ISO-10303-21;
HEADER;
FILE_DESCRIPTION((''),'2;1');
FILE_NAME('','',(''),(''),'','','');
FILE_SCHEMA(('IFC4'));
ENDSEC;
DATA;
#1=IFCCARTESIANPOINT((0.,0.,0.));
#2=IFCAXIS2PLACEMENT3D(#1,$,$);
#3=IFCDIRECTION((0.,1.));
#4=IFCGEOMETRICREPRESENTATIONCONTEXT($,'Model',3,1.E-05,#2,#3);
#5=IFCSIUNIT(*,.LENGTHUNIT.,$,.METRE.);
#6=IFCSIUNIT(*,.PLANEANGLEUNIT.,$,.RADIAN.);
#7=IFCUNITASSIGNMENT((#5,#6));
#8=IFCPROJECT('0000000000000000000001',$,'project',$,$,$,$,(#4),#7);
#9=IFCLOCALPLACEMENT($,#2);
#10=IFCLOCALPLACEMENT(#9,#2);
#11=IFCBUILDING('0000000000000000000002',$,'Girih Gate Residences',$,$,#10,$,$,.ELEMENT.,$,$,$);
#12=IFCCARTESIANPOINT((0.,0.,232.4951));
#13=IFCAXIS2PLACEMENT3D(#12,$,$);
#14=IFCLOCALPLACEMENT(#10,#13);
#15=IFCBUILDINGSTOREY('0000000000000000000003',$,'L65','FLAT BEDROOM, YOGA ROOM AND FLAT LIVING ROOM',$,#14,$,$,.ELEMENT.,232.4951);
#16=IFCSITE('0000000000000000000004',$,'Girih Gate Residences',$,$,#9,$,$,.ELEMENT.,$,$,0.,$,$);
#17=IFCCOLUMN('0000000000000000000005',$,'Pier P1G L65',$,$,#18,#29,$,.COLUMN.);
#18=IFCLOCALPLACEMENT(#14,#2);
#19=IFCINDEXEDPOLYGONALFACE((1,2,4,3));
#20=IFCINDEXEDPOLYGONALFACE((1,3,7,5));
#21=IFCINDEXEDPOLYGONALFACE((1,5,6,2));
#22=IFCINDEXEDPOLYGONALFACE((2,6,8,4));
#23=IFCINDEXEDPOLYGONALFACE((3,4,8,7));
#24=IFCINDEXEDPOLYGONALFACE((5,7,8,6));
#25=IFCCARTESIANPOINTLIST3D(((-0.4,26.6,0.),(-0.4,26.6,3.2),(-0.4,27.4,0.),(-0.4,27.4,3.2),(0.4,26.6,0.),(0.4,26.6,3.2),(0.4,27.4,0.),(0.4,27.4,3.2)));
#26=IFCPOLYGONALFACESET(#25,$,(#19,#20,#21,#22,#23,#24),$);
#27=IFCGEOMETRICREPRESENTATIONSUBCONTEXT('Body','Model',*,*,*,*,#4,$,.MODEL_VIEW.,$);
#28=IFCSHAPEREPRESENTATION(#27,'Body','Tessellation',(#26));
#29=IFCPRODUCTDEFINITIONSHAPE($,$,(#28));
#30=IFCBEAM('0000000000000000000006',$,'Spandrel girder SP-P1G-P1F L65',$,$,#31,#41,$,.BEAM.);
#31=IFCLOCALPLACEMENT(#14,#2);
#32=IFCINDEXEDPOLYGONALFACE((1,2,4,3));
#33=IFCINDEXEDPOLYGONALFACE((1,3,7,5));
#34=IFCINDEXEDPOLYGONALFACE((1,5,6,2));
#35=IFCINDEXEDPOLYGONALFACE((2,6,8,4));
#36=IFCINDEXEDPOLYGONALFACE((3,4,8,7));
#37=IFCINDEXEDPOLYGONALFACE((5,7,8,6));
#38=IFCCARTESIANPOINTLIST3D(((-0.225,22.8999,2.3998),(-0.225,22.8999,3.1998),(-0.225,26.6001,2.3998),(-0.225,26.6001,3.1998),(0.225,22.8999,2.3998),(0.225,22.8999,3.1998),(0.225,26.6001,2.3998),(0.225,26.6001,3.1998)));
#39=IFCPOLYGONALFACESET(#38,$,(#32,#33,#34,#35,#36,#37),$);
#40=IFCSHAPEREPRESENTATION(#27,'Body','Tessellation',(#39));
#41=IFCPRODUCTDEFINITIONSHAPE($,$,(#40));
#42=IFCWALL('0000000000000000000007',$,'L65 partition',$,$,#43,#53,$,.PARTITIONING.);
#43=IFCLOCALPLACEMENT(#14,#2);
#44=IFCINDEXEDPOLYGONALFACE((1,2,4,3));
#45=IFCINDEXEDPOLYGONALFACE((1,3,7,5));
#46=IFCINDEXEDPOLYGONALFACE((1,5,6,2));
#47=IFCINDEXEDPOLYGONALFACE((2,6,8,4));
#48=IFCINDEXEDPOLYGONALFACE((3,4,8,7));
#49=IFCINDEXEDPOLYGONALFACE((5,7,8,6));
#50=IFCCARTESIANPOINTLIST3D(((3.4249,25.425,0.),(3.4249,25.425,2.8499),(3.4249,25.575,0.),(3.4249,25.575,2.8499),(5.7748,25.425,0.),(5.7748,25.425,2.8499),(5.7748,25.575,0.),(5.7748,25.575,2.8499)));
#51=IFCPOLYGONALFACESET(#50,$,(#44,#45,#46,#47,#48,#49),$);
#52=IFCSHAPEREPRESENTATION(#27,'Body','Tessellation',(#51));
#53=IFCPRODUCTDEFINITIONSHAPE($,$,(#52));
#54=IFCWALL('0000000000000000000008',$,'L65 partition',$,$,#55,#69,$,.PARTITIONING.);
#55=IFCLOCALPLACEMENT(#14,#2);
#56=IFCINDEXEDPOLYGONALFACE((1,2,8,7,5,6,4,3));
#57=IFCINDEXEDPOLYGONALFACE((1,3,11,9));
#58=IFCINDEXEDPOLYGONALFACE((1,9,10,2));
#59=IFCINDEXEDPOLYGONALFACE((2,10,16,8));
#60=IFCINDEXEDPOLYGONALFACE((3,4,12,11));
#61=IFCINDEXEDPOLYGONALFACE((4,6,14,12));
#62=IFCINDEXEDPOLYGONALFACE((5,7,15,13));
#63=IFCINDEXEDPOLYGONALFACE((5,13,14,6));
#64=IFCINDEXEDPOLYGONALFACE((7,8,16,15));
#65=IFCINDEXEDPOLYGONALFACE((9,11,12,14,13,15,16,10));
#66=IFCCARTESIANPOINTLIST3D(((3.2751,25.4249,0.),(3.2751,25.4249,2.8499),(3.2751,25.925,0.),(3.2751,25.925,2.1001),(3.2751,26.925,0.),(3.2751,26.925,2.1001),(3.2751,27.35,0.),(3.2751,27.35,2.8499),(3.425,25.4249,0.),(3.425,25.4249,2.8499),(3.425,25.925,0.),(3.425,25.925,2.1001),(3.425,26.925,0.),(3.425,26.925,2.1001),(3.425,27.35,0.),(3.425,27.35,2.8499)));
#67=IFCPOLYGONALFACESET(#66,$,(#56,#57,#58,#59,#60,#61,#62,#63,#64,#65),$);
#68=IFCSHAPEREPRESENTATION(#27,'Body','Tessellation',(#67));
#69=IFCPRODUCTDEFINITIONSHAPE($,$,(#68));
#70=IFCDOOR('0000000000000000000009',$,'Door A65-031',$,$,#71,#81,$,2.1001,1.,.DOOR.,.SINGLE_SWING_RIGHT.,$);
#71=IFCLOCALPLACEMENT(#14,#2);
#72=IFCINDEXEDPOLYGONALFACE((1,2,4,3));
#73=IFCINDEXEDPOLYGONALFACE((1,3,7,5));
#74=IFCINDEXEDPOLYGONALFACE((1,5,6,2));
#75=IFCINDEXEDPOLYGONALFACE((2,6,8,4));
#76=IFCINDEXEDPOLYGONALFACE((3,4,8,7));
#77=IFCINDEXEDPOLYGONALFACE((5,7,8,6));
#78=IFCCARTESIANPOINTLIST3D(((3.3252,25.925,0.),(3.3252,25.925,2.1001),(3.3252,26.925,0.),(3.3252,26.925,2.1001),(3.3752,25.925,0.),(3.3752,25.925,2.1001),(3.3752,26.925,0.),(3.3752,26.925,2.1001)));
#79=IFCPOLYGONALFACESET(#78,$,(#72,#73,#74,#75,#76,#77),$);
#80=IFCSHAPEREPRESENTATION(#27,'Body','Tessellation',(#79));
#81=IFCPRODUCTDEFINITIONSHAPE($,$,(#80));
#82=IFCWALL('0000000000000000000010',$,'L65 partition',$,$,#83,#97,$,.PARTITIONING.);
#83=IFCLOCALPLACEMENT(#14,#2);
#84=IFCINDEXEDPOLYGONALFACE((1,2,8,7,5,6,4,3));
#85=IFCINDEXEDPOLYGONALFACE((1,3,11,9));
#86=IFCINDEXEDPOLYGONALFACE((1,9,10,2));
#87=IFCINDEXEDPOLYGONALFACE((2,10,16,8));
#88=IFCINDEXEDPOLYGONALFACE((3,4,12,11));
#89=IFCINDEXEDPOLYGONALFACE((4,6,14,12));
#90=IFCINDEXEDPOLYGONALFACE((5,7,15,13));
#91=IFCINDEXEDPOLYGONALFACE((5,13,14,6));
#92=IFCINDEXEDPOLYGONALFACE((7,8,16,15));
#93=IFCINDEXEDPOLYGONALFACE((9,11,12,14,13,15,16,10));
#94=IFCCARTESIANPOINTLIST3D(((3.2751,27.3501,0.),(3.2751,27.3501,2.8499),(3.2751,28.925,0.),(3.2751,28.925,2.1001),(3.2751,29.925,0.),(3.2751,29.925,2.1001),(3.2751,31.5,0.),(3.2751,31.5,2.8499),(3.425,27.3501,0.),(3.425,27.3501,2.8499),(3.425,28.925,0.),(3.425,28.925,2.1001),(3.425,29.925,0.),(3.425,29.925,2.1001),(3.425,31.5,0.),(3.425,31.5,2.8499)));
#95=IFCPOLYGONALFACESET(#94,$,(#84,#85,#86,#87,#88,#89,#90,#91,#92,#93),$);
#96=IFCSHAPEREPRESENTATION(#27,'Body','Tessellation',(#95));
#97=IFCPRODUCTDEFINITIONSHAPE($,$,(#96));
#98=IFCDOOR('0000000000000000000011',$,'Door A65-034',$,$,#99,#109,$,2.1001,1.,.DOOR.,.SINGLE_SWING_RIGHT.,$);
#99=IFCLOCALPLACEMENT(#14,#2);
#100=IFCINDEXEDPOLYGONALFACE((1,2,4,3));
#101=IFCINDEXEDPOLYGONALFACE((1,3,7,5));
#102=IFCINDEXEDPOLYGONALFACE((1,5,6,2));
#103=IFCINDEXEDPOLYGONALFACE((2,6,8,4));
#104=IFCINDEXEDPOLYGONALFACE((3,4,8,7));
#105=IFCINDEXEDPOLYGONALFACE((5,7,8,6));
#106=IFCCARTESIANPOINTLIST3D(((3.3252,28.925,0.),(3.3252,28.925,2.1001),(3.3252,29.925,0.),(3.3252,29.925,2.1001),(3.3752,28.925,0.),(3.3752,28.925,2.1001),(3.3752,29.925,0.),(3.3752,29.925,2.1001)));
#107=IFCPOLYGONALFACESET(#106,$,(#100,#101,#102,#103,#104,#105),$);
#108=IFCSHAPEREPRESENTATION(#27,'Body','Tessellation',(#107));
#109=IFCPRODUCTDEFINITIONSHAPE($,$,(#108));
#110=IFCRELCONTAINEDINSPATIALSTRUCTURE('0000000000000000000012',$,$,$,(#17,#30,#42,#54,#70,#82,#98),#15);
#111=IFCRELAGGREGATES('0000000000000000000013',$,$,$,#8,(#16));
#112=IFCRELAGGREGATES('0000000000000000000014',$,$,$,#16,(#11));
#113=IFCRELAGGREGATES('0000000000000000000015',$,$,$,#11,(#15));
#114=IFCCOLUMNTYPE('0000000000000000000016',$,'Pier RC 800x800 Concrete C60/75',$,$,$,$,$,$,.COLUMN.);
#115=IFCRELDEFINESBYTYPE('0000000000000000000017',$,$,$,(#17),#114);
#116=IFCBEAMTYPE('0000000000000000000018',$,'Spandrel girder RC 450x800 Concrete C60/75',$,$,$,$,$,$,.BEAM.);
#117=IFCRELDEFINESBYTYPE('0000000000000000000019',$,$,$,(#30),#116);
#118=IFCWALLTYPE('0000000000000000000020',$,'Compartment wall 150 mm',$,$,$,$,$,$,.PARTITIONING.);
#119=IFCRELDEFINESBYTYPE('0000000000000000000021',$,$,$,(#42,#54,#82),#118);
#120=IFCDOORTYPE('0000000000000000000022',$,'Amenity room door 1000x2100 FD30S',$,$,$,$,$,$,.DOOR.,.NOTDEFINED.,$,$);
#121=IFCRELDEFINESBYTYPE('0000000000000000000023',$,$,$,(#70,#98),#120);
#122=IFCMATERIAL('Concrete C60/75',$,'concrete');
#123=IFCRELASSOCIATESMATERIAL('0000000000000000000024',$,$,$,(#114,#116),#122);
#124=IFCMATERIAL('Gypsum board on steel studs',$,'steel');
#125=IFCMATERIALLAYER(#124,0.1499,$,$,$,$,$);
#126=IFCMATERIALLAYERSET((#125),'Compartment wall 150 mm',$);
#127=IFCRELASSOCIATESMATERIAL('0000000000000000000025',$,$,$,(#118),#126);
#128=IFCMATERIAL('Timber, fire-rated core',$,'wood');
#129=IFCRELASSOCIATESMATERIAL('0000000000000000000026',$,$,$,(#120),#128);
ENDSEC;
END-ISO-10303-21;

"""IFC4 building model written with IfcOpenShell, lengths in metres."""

from ifc_helpers import new_model, si_unit, direction, frame, frame_2d, origin, origin_2d, place, context, subcontext, project, spatial, rectangle, extrude, material, layer, layer_set, material_profile, profile_set, type_object, element, fill, save


model = new_model("IFC4")

# Units and contexts
model_context = context("Model", 3, precision=1e-05, world=origin(), true_north=direction((0.0, 1.0)))
body_context = subcontext(model_context, "Body", "Model", "MODEL_VIEW")
ifc_project = project(units=[si_unit("LENGTHUNIT", "METRE"), si_unit("PLANEANGLEUNIT", "RADIAN")], contexts=[model_context])

# Site, building, storey
site_placement = place(None, origin())
site = spatial("IfcSite", under=ifc_project, at=site_placement, Name="Girih Gate Residences", CompositionType="ELEMENT", RefElevation=0.0)
building_placement = place(site_placement, origin())
building = spatial("IfcBuilding", under=site, at=building_placement, Name="Girih Gate Residences", CompositionType="ELEMENT")
storey_placement = place(building_placement, frame((0.0, 0.0, 232.4951)))
storey = spatial("IfcBuildingStorey", under=building, at=storey_placement, Name="L65", Description="FLAT BEDROOM, YOGA ROOM AND FLAT LIVING ROOM", CompositionType="ELEMENT", Elevation=232.4951)

# Column
ifc_material_1 = material(Name="Concrete C60/75", Category="concrete")
ifc_material_profile_1 = material_profile(ifc_material_1, rectangle(XDim=0.8, YDim=0.8, at=origin_2d()))
ifc_profile_set_1 = profile_set([ifc_material_profile_1], Name="Concrete C60/75")
column_type = type_object("IfcColumnType", Name="Pier RC 800x800 Concrete C60/75", PredefinedType="COLUMN", material=ifc_profile_set_1)
column_placement = place(storey_placement, frame((0.0, 27.0, 0.0), z_axis=(0.0, 0.0, 1.0), x_axis=(1.0, 0.0, 0.0)))
element("IfcColumn", 1, at=column_placement, inside=storey, type_object=column_type, Name="Pier P1G L65", PredefinedType="COLUMN", context=body_context, shape_type="SweptSolid", body=[
    extrude(rectangle(XDim=0.8, YDim=0.8, at=origin_2d()), origin(), (0.0, 0.0, 1.0), 3.2),
])

# Beam
ifc_material_profile_2 = material_profile(ifc_material_1, rectangle(XDim=0.45, YDim=0.8, at=origin_2d()))
ifc_profile_set_2 = profile_set([ifc_material_profile_2], Name="Concrete C60/75")
beam_type = type_object("IfcBeamType", Name="Spandrel girder RC 450x800 Concrete C60/75", PredefinedType="BEAM", material=ifc_profile_set_2)
beam_placement = place(storey_placement, frame((0.0, 26.6001, 2.7998), z_axis=(0.0, -1.0, 0.0), x_axis=(1.0, 0.0, 0.0)))
element("IfcBeam", 2, at=beam_placement, inside=storey, type_object=beam_type, Name="Spandrel girder SP-P1G-P1F L65", PredefinedType="BEAM", context=body_context, shape_type="SweptSolid", body=[
    extrude(rectangle(XDim=0.45, YDim=0.8, at=origin_2d()), origin(), (0.0, 0.0, 1.0), 3.7002),
])

# Wall
ifc_material_2 = material(Name="Gypsum board on steel studs", Category="steel")
ifc_layer_1 = layer(ifc_material_2, 0.1499)
ifc_layer_set_1 = layer_set([ifc_layer_1], Name="Compartment wall 150 mm")
wall_type_1 = type_object("IfcWallType", Name="Compartment wall 150 mm", PredefinedType="PARTITIONING", material=ifc_layer_set_1)
wall_1_placement = place(storey_placement, frame((3.425, 25.5, 0.0), z_axis=(0.0, 0.0, 1.0), x_axis=(1.0, 0.0, 0.0)))
element("IfcWall", 3, at=wall_1_placement, inside=storey, type_object=wall_type_1, Name="L65 partition", PredefinedType="PARTITIONING", context=body_context, shape_type="SweptSolid", body=[
    extrude(rectangle(XDim=2.3499, YDim=0.1499, at=frame_2d((1.1748, 0.0))), origin(), (0.0, 0.0, 1.0), 2.8499),
])

# Walls, openings, doors
wall_2_placement = place(storey_placement, frame((3.3501, 25.425, 0.0), z_axis=(0.0, 0.0, 1.0), x_axis=(0.0, 1.0, 0.0)))
wall_2 = element("IfcWall", 4, at=wall_2_placement, inside=storey, type_object=wall_type_1, Name="L65 partition", PredefinedType="PARTITIONING", context=body_context, shape_type="SweptSolid", body=[
    extrude(rectangle(XDim=1.925, YDim=0.1499, at=frame_2d((0.9624, 0.0))), origin(), (0.0, 0.0, 1.0), 2.8499),
])
opening_1_placement = place(wall_2_placement, frame((0.5, 0.0, 0.0)))
opening_1 = element("IfcOpeningElement", 5, at=opening_1_placement, cuts=wall_2, PredefinedType="OPENING", context=body_context, shape_type="SweptSolid", body=[
    extrude(rectangle(XDim=1.0, YDim=2.1001, at=frame_2d((0.5, 1.05))), frame((0.0, 0.085, 0.0), z_axis=(0.0, -1.0, 0.0), x_axis=(1.0, 0.0, 0.0)), (0.0, 0.0, 1.0), 0.1699),
])
ifc_material_3 = material(Name="Timber, fire-rated core", Category="wood")
door_type_1 = type_object("IfcDoorType", Name="Amenity room door 1000x2100 FD30S", OperationType="NOTDEFINED", PredefinedType="DOOR", material=ifc_material_3)
door_1_placement = place(opening_1_placement, origin())
door_1 = element("IfcDoor", 6, at=door_1_placement, inside=storey, type_object=door_type_1, Name="Door A65-031", OperationType="SINGLE_SWING_RIGHT", OverallHeight=2.1001, OverallWidth=1.0, PredefinedType="DOOR", context=body_context, shape_type="SweptSolid", body=[
    extrude(rectangle(XDim=1.0, YDim=2.1001, at=frame_2d((0.5, 1.05))), frame((0.0, 0.0249, 0.0), z_axis=(0.0, -1.0, 0.0), x_axis=(1.0, 0.0, 0.0)), (0.0, 0.0, 1.0), 0.05),
])
fill(opening_1, door_1)
wall_3_placement = place(storey_placement, frame((3.3501, 27.3501, 0.0), z_axis=(0.0, 0.0, 1.0), x_axis=(0.0, 1.0, 0.0)))
wall_3 = element("IfcWall", 7, at=wall_3_placement, inside=storey, type_object=wall_type_1, Name="L65 partition", PredefinedType="PARTITIONING", context=body_context, shape_type="SweptSolid", body=[
    extrude(rectangle(XDim=4.1499, YDim=0.1499, at=frame_2d((2.075, 0.0))), origin(), (0.0, 0.0, 1.0), 2.8499),
])
opening_2_placement = place(wall_3_placement, frame((1.575, 0.0, 0.0)))
opening_2 = element("IfcOpeningElement", 8, at=opening_2_placement, cuts=wall_3, PredefinedType="OPENING", context=body_context, shape_type="SweptSolid", body=[
    extrude(rectangle(XDim=1.0, YDim=2.1001, at=frame_2d((0.5, 1.05))), frame((0.0, 0.085, 0.0), z_axis=(0.0, -1.0, 0.0), x_axis=(1.0, 0.0, 0.0)), (0.0, 0.0, 1.0), 0.1699),
])
door_2_placement = place(opening_2_placement, origin())
door_2 = element("IfcDoor", 9, at=door_2_placement, inside=storey, type_object=door_type_1, Name="Door A65-034", OperationType="SINGLE_SWING_RIGHT", OverallHeight=2.1001, OverallWidth=1.0, PredefinedType="DOOR", context=body_context, shape_type="SweptSolid", body=[
    extrude(rectangle(XDim=1.0, YDim=2.1001, at=frame_2d((0.5, 1.05))), frame((0.0, 0.0249, 0.0), z_axis=(0.0, -1.0, 0.0), x_axis=(1.0, 0.0, 0.0)), (0.0, 0.0, 1.0), 0.05),
])
fill(opening_2, door_2)

save(model, "model.ifc")
